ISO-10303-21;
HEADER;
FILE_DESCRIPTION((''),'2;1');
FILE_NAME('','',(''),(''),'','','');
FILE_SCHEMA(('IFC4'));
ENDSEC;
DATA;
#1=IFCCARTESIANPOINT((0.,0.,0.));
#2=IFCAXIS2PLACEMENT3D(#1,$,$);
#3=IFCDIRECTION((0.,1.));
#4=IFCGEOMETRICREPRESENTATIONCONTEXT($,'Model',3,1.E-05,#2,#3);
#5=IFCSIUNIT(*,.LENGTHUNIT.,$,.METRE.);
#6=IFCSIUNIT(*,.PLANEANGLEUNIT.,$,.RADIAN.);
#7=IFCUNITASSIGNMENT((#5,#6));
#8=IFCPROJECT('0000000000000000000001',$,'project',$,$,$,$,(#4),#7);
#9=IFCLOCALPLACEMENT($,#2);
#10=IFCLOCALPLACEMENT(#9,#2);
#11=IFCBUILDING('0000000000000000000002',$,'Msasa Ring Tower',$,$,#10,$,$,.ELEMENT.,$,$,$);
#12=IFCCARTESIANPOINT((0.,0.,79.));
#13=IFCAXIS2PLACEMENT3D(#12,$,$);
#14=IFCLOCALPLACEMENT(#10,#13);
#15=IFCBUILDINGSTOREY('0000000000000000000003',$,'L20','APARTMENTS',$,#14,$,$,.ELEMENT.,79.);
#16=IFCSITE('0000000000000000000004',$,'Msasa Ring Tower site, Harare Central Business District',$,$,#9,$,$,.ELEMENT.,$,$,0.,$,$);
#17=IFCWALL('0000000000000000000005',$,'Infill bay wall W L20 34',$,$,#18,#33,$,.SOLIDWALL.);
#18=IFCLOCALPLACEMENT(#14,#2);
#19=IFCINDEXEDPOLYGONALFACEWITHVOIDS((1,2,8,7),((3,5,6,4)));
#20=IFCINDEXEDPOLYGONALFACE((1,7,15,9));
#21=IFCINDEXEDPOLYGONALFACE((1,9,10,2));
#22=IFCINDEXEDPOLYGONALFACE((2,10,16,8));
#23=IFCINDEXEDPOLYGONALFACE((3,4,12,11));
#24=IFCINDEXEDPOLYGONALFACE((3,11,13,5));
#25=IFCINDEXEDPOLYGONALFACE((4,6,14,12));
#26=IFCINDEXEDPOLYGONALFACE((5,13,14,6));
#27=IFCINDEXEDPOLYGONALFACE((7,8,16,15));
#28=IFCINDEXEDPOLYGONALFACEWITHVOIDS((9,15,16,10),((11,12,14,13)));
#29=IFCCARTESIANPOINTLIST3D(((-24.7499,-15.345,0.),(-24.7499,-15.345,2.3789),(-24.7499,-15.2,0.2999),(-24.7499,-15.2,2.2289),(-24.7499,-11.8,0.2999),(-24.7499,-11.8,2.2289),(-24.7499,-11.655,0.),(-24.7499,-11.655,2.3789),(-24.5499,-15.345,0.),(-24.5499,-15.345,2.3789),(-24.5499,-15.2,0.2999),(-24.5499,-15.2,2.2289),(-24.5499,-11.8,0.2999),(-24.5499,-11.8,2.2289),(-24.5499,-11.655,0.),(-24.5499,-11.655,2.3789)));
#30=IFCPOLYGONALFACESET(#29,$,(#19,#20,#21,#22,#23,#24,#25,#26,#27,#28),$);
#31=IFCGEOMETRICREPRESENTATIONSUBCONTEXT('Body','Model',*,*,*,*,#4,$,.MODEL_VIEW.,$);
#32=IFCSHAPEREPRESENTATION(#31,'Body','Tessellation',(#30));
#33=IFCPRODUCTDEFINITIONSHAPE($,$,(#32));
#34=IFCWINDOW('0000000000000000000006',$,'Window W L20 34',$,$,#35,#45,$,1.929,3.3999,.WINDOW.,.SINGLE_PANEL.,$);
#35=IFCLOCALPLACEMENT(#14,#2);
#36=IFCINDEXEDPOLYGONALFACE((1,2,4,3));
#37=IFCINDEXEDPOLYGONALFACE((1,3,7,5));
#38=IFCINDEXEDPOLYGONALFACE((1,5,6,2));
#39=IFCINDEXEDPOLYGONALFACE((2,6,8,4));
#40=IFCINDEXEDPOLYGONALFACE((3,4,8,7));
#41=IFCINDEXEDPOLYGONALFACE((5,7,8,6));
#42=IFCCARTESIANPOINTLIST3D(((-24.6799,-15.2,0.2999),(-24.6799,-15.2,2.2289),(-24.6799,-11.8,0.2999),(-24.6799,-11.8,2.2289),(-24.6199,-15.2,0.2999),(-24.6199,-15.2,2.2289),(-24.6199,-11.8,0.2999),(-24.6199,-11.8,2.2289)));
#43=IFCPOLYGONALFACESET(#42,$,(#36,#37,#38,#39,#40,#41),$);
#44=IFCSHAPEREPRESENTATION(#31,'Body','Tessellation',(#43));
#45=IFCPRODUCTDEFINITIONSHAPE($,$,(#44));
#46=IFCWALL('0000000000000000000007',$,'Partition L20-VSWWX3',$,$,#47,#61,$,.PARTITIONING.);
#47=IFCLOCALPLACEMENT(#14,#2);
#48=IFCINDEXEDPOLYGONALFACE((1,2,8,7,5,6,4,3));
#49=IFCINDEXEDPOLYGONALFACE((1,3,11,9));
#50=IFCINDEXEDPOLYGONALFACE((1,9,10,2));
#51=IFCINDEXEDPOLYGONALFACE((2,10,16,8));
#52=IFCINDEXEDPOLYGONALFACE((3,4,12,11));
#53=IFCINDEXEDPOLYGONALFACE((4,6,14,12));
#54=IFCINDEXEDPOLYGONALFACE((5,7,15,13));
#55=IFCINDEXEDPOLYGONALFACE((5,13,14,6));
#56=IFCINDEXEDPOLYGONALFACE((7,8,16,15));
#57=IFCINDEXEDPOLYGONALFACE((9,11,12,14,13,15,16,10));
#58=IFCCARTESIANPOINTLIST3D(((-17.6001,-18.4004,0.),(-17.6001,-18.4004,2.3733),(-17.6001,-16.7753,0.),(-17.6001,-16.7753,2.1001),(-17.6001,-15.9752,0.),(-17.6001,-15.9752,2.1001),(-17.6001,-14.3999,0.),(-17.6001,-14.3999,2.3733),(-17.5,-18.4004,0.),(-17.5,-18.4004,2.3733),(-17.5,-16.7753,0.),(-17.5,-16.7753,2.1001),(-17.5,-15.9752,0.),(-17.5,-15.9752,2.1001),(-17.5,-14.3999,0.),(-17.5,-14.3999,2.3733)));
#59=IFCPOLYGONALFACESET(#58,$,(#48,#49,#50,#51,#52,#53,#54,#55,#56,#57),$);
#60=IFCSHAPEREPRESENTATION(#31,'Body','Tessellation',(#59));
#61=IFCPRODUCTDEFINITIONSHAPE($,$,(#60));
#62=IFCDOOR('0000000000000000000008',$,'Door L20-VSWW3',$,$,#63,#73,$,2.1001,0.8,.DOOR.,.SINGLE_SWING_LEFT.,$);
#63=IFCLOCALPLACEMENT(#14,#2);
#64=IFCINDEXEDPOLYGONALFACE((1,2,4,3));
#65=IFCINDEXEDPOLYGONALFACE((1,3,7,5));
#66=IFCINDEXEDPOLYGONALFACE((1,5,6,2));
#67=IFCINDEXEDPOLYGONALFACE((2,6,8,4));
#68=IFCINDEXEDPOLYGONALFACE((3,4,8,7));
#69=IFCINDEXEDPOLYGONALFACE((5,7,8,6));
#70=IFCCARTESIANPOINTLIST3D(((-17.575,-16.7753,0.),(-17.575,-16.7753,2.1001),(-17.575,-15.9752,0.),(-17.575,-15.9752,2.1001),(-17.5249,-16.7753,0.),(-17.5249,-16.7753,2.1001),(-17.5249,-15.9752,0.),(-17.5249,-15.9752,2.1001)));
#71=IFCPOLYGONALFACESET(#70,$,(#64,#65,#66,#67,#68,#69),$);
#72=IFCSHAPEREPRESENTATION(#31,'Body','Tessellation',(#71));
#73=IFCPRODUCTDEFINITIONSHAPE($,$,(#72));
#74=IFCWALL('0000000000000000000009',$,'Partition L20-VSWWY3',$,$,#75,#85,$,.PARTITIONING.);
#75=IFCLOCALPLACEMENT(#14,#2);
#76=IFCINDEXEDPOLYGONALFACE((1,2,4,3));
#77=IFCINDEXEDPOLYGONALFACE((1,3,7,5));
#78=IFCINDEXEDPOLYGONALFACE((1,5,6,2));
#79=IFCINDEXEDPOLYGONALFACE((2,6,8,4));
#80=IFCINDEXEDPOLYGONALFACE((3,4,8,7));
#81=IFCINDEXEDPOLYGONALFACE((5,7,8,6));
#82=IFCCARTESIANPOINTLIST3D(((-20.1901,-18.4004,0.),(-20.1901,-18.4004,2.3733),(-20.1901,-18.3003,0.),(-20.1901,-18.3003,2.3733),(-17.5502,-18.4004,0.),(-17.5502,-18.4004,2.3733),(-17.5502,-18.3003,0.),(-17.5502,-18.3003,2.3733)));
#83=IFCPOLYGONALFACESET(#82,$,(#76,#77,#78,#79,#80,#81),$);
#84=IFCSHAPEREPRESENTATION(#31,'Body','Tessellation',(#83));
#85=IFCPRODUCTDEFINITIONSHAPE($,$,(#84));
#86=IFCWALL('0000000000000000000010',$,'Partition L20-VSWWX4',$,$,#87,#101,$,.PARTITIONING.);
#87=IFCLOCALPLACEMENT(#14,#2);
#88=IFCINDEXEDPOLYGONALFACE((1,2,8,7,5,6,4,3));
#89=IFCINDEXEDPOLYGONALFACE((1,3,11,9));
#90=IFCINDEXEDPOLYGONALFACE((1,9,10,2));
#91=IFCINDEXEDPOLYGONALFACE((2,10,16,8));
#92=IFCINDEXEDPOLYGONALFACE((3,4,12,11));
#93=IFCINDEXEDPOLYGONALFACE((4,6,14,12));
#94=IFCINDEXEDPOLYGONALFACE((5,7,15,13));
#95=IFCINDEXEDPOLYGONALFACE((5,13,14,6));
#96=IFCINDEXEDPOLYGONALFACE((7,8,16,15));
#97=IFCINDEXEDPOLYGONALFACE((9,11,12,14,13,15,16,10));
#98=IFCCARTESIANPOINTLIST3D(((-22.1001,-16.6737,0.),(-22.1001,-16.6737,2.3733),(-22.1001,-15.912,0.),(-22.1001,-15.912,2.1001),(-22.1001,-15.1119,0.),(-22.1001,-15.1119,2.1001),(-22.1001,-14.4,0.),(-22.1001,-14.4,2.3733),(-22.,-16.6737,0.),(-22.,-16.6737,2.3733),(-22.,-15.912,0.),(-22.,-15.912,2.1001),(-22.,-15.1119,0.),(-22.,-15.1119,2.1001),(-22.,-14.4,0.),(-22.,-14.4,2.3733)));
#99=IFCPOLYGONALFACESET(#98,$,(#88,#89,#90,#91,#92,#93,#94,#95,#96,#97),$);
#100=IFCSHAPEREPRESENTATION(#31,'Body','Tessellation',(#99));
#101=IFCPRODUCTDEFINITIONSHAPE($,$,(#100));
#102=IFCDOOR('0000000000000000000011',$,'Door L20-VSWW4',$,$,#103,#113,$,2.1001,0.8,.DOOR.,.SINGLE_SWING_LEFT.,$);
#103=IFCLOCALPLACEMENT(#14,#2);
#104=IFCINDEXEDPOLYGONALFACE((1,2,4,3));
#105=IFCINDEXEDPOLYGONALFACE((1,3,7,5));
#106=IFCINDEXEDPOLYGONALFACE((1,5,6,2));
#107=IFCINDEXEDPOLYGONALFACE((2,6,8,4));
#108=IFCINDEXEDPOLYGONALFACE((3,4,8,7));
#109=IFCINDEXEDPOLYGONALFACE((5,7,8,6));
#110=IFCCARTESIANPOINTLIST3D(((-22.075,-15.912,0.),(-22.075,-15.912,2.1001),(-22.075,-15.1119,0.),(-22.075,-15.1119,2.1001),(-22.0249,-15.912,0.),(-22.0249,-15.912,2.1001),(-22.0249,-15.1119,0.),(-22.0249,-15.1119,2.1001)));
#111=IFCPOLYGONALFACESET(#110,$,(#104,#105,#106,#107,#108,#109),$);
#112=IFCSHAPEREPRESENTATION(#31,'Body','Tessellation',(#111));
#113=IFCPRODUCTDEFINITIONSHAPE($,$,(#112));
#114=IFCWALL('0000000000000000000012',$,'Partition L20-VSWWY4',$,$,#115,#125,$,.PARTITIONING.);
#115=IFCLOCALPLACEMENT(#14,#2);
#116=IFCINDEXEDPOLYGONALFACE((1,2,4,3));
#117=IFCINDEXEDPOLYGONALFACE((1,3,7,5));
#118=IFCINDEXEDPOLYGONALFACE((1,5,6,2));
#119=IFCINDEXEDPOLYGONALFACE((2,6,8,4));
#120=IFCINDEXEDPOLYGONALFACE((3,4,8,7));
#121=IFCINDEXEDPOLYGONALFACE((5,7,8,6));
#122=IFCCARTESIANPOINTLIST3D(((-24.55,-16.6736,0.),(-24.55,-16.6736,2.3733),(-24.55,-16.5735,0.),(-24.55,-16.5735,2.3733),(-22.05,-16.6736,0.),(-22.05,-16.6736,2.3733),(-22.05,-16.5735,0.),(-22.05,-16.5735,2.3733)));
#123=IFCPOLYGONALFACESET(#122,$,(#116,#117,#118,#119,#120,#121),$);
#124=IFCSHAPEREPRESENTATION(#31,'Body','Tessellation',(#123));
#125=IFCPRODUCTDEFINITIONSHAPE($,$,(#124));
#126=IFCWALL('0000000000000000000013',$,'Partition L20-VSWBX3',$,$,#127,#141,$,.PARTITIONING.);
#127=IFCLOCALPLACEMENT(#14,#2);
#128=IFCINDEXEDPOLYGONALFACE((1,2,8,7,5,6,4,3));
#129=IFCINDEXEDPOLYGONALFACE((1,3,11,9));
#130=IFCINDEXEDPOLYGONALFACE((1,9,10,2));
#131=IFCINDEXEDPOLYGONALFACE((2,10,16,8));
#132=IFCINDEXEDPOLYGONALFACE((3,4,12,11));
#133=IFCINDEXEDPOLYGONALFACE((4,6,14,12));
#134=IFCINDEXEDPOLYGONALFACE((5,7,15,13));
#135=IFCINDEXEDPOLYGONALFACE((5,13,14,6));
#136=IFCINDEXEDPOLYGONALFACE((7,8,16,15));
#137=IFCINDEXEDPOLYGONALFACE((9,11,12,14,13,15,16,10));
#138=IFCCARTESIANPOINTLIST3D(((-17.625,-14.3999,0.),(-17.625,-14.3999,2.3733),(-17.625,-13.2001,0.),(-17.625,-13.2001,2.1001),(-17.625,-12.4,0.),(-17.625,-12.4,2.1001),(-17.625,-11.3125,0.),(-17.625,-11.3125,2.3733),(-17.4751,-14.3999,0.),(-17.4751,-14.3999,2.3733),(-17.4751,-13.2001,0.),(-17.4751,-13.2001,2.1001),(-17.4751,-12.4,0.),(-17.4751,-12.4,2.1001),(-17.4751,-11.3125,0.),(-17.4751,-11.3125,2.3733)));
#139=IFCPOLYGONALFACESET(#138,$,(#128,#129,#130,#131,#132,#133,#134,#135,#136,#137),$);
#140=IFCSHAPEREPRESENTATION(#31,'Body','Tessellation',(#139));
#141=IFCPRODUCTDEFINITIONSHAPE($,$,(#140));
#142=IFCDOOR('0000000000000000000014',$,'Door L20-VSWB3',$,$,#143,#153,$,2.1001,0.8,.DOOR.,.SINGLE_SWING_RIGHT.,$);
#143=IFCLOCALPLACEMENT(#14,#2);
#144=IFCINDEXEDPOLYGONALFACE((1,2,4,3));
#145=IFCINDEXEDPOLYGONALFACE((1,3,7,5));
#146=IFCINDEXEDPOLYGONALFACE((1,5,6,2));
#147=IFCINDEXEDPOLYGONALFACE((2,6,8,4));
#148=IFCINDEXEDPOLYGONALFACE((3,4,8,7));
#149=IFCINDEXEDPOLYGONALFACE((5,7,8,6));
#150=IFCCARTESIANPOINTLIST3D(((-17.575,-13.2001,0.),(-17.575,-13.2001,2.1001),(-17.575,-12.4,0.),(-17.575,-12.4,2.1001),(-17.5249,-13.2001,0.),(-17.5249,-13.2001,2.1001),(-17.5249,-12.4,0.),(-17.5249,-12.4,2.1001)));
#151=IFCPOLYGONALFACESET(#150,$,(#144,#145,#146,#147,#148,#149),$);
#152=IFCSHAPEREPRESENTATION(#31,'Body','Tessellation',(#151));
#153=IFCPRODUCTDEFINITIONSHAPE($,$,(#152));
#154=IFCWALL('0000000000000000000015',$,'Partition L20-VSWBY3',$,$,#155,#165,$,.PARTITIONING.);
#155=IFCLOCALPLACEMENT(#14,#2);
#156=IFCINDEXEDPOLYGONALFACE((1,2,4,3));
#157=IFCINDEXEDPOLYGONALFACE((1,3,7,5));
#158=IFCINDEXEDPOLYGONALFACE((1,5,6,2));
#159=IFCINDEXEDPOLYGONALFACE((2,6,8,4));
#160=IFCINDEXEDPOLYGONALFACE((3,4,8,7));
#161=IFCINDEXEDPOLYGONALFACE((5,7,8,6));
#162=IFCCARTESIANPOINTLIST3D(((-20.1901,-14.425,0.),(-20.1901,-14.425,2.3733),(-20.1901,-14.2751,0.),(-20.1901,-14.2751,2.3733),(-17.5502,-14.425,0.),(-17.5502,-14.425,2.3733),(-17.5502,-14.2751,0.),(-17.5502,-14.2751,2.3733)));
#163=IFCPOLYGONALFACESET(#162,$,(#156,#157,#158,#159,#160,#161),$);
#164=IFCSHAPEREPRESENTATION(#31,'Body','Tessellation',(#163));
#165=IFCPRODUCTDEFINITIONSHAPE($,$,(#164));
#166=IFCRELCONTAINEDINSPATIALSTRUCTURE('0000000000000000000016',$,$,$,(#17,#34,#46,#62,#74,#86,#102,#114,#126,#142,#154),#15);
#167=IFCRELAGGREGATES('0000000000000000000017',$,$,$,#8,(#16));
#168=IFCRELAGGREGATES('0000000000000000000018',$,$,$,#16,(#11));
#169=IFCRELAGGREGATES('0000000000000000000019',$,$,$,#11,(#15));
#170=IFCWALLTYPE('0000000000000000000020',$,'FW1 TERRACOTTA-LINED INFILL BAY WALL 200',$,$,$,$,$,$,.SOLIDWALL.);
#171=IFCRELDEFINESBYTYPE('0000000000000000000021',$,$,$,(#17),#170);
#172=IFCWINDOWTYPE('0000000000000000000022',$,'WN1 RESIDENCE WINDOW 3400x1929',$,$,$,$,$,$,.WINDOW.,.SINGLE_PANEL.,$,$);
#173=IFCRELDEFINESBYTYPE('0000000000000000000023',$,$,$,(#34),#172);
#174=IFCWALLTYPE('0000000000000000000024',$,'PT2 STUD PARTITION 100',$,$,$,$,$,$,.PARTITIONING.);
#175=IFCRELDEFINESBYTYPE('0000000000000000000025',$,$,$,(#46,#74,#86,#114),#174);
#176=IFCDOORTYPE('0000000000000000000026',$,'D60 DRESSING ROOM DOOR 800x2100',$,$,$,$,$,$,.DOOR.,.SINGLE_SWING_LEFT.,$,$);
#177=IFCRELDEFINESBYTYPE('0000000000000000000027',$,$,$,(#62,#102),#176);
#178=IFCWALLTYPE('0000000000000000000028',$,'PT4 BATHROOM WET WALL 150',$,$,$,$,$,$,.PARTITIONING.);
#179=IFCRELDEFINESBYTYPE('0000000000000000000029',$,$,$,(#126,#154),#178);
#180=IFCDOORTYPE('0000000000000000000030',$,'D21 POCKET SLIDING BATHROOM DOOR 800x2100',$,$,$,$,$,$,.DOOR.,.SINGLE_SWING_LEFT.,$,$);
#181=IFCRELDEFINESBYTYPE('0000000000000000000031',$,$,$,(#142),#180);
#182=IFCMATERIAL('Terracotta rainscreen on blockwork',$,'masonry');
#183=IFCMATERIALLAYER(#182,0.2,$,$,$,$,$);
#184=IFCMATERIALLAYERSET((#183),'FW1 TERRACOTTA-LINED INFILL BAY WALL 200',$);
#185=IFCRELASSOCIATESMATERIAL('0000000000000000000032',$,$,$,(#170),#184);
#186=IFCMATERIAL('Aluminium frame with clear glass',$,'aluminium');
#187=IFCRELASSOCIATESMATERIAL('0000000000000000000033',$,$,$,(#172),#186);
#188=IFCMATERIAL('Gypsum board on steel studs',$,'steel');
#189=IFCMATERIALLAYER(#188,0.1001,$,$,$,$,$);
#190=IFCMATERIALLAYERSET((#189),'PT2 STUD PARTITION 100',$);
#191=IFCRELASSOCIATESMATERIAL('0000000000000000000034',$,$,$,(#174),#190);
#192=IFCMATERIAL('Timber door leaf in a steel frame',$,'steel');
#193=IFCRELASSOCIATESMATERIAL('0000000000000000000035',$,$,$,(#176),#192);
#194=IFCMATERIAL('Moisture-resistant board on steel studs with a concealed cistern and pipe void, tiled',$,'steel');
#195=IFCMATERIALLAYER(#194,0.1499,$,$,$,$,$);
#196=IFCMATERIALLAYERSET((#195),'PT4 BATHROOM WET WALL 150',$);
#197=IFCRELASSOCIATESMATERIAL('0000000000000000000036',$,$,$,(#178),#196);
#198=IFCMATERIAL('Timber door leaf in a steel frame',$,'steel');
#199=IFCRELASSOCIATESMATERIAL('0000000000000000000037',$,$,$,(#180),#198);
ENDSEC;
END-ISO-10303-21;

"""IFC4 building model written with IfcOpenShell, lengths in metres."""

from ifc_helpers import new_model, si_unit, direction, frame, frame_2d, origin, place, context, subcontext, project, spatial, rectangle, extrude, material, layer, layer_set, type_object, element, fill, save


model = new_model("IFC4")

# Units and contexts
model_context = context("Model", 3, precision=1e-05, world=origin(), true_north=direction((0.0, 1.0)))
body_context = subcontext(model_context, "Body", "Model", "MODEL_VIEW")
ifc_project = project(units=[si_unit("LENGTHUNIT", "METRE"), si_unit("PLANEANGLEUNIT", "RADIAN")], contexts=[model_context])

# Site, building, storey
site_placement = place(None, origin())
site = spatial("IfcSite", under=ifc_project, at=site_placement, Name="Msasa Ring Tower site, Harare Central Business District", CompositionType="ELEMENT", RefElevation=0.0)
building_placement = place(site_placement, origin())
building = spatial("IfcBuilding", under=site, at=building_placement, Name="Msasa Ring Tower", CompositionType="ELEMENT")
storey_placement = place(building_placement, frame((0.0, 0.0, 79.0)))
storey = spatial("IfcBuildingStorey", under=building, at=storey_placement, Name="L20", Description="APARTMENTS", CompositionType="ELEMENT", Elevation=79.0)

# Wall, opening, window
ifc_material_1 = material(Name="Terracotta rainscreen on blockwork", Category="masonry")
ifc_layer_1 = layer(ifc_material_1, 0.2)
ifc_layer_set_1 = layer_set([ifc_layer_1], Name="FW1 TERRACOTTA-LINED INFILL BAY WALL 200")
wall_type_1 = type_object("IfcWallType", Name="FW1 TERRACOTTA-LINED INFILL BAY WALL 200", PredefinedType="SOLIDWALL", material=ifc_layer_set_1)
ifc_material_2 = material(Name="Aluminium frame with clear glass", Category="aluminium")
window_type = type_object("IfcWindowType", Name="WN1 RESIDENCE WINDOW 3400x1929", PartitioningType="SINGLE_PANEL", PredefinedType="WINDOW", material=ifc_material_2)
wall_1_placement = place(storey_placement, frame((-24.6499, -15.345, 0.0), z_axis=(0.0, 0.0, 1.0), x_axis=(0.0, 1.0, 0.0)))
wall_1 = element("IfcWall", 1, at=wall_1_placement, inside=storey, type_object=wall_type_1, Name="Infill bay wall W L20 34", PredefinedType="SOLIDWALL", context=body_context, shape_type="SweptSolid", body=[
    extrude(rectangle(XDim=3.6899, YDim=0.2, at=frame_2d((1.845, 0.0))), origin(), (0.0, 0.0, 1.0), 2.3789),
])
opening_1_placement = place(wall_1_placement, frame((0.145, 0.0, 0.3)))
opening_1 = element("IfcOpeningElement", 2, at=opening_1_placement, cuts=wall_1, PredefinedType="OPENING", context=body_context, shape_type="SweptSolid", body=[
    extrude(rectangle(XDim=3.3999, YDim=1.929, at=frame_2d((1.7, 0.9644))), frame((0.0, 0.1099, 0.0), z_axis=(0.0, -1.0, 0.0), x_axis=(1.0, 0.0, 0.0)), (0.0, 0.0, 1.0), 0.22),
])
window_1_placement = place(opening_1_placement, origin())
window_1 = element("IfcWindow", 3, at=window_1_placement, inside=storey, type_object=window_type, Name="Window W L20 34", OverallHeight=1.929, OverallWidth=3.3999, PartitioningType="SINGLE_PANEL", PredefinedType="WINDOW", context=body_context, shape_type="SweptSolid", body=[
    extrude(rectangle(XDim=3.3999, YDim=1.929, at=frame_2d((1.7, 0.9644))), frame((0.0, 0.03, 0.0), z_axis=(0.0, -1.0, 0.0), x_axis=(1.0, 0.0, 0.0)), (0.0, 0.0, 1.0), 0.0601),
])
fill(opening_1, window_1)

# Wall, opening, door
ifc_material_3 = material(Name="Gypsum board on steel studs", Category="steel")
ifc_layer_2 = layer(ifc_material_3, 0.1001)
ifc_layer_set_2 = layer_set([ifc_layer_2], Name="PT2 STUD PARTITION 100")
wall_type_2 = type_object("IfcWallType", Name="PT2 STUD PARTITION 100", PredefinedType="PARTITIONING", material=ifc_layer_set_2)
wall_2_placement = place(storey_placement, frame((-17.55, -18.4004, 0.0), z_axis=(0.0, 0.0, 1.0), x_axis=(0.0, 1.0, 0.0)))
wall_2 = element("IfcWall", 4, at=wall_2_placement, inside=storey, type_object=wall_type_2, Name="Partition L20-VSWWX3", PredefinedType="PARTITIONING", context=body_context, shape_type="SweptSolid", body=[
    extrude(rectangle(XDim=4.0005, YDim=0.1001, at=frame_2d((2.0002, 0.0))), origin(), (0.0, 0.0, 1.0), 2.3733),
])
opening_2_placement = place(wall_2_placement, frame((1.6252, 0.0, 0.0)))
opening_2 = element("IfcOpeningElement", 5, at=opening_2_placement, cuts=wall_2, PredefinedType="OPENING", context=body_context, shape_type="SweptSolid", body=[
    extrude(rectangle(XDim=0.8, YDim=2.1001, at=frame_2d((0.3999, 1.05))), frame((0.0, 0.0601, 0.0), z_axis=(0.0, -1.0, 0.0), x_axis=(1.0, 0.0, 0.0)), (0.0, 0.0, 1.0), 0.1201),
])
ifc_material_4 = material(Name="Timber door leaf in a steel frame", Category="steel")
door_type_1 = type_object("IfcDoorType", Name="D60 DRESSING ROOM DOOR 800x2100", OperationType="SINGLE_SWING_LEFT", PredefinedType="DOOR", material=ifc_material_4)
door_1_placement = place(opening_2_placement, origin())
door_1 = element("IfcDoor", 6, at=door_1_placement, inside=storey, type_object=door_type_1, Name="Door L20-VSWW3", OperationType="SINGLE_SWING_LEFT", OverallHeight=2.1001, OverallWidth=0.8, PredefinedType="DOOR", context=body_context, shape_type="SweptSolid", body=[
    extrude(rectangle(XDim=0.8, YDim=2.1001, at=frame_2d((0.3999, 1.05))), frame((0.0, 0.0249, 0.0), z_axis=(0.0, -1.0, 0.0), x_axis=(1.0, 0.0, 0.0)), (0.0, 0.0, 1.0), 0.05),
])
fill(opening_2, door_1)

# Wall
wall_3_placement = place(storey_placement, frame((-20.1899, -18.3503, 0.0), z_axis=(0.0, 0.0, 1.0), x_axis=(1.0, 0.0, 0.0)))
element("IfcWall", 7, at=wall_3_placement, inside=storey, type_object=wall_type_2, Name="Partition L20-VSWWY3", PredefinedType="PARTITIONING", context=body_context, shape_type="SweptSolid", body=[
    extrude(rectangle(XDim=2.6399, YDim=0.1001, at=frame_2d((1.3198, 0.0))), origin(), (0.0, 0.0, 1.0), 2.3733),
])

# Wall, opening, door
wall_4_placement = place(storey_placement, frame((-22.05, -16.6736, 0.0), z_axis=(0.0, 0.0, 1.0), x_axis=(0.0, 1.0, 0.0)))
wall_4 = element("IfcWall", 8, at=wall_4_placement, inside=storey, type_object=wall_type_2, Name="Partition L20-VSWWX4", PredefinedType="PARTITIONING", context=body_context, shape_type="SweptSolid", body=[
    extrude(rectangle(XDim=2.2737, YDim=0.1001, at=frame_2d((1.1367, 0.0))), origin(), (0.0, 0.0, 1.0), 2.3733),
])
opening_3_placement = place(wall_4_placement, frame((0.7617, 0.0, 0.0)))
opening_3 = element("IfcOpeningElement", 9, at=opening_3_placement, cuts=wall_4, PredefinedType="OPENING", context=body_context, shape_type="SweptSolid", body=[
    extrude(rectangle(XDim=0.8, YDim=2.1001, at=frame_2d((0.3999, 1.05))), frame((0.0, 0.0601, 0.0), z_axis=(0.0, -1.0, 0.0), x_axis=(1.0, 0.0, 0.0)), (0.0, 0.0, 1.0), 0.1201),
])
door_2_placement = place(opening_3_placement, origin())
door_2 = element("IfcDoor", 10, at=door_2_placement, inside=storey, type_object=door_type_1, Name="Door L20-VSWW4", OperationType="SINGLE_SWING_LEFT", OverallHeight=2.1001, OverallWidth=0.8, PredefinedType="DOOR", context=body_context, shape_type="SweptSolid", body=[
    extrude(rectangle(XDim=0.8, YDim=2.1001, at=frame_2d((0.3999, 1.05))), frame((0.0, 0.0249, 0.0), z_axis=(0.0, -1.0, 0.0), x_axis=(1.0, 0.0, 0.0)), (0.0, 0.0, 1.0), 0.05),
])
fill(opening_3, door_2)

# Wall
wall_5_placement = place(storey_placement, frame((-24.55, -16.6235, 0.0), z_axis=(0.0, 0.0, 1.0), x_axis=(1.0, 0.0, 0.0)))
element("IfcWall", 11, at=wall_5_placement, inside=storey, type_object=wall_type_2, Name="Partition L20-VSWWY4", PredefinedType="PARTITIONING", context=body_context, shape_type="SweptSolid", body=[
    extrude(rectangle(XDim=2.5, YDim=0.1001, at=frame_2d((1.25, 0.0))), origin(), (0.0, 0.0, 1.0), 2.3733),
])

# Wall, opening, door
ifc_material_5 = material(Name="Moisture-resistant board on steel studs with a concealed cistern and pipe void, tiled", Category="steel")
ifc_layer_3 = layer(ifc_material_5, 0.1499)
ifc_layer_set_3 = layer_set([ifc_layer_3], Name="PT4 BATHROOM WET WALL 150")
wall_type_3 = type_object("IfcWallType", Name="PT4 BATHROOM WET WALL 150", PredefinedType="PARTITIONING", material=ifc_layer_set_3)
wall_6_placement = place(storey_placement, frame((-17.55, -14.3999, 0.0), z_axis=(0.0, 0.0, 1.0), x_axis=(0.0, 1.0, 0.0)))
wall_6 = element("IfcWall", 12, at=wall_6_placement, inside=storey, type_object=wall_type_3, Name="Partition L20-VSWBX3", PredefinedType="PARTITIONING", context=body_context, shape_type="SweptSolid", body=[
    extrude(rectangle(XDim=3.0874, YDim=0.1499, at=frame_2d((1.5437, 0.0))), origin(), (0.0, 0.0, 1.0), 2.3733),
])
opening_4_placement = place(wall_6_placement, frame((1.2, 0.0, 0.0)))
opening_4 = element("IfcOpeningElement", 13, at=opening_4_placement, cuts=wall_6, PredefinedType="OPENING", context=body_context, shape_type="SweptSolid", body=[
    extrude(rectangle(XDim=0.8, YDim=2.1001, at=frame_2d((0.3999, 1.05))), frame((0.0, 0.085, 0.0), z_axis=(0.0, -1.0, 0.0), x_axis=(1.0, 0.0, 0.0)), (0.0, 0.0, 1.0), 0.1699),
])
ifc_material_6 = material(Name="Timber door leaf in a steel frame", Category="steel")
door_type_2 = type_object("IfcDoorType", Name="D21 POCKET SLIDING BATHROOM DOOR 800x2100", OperationType="SINGLE_SWING_LEFT", PredefinedType="DOOR", material=ifc_material_6)
door_3_placement = place(opening_4_placement, origin())
door_3 = element("IfcDoor", 14, at=door_3_placement, inside=storey, type_object=door_type_2, Name="Door L20-VSWB3", OperationType="SINGLE_SWING_RIGHT", OverallHeight=2.1001, OverallWidth=0.8, PredefinedType="DOOR", context=body_context, shape_type="SweptSolid", body=[
    extrude(rectangle(XDim=0.8, YDim=2.1001, at=frame_2d((0.3999, 1.05))), frame((0.0, 0.0249, 0.0), z_axis=(0.0, -1.0, 0.0), x_axis=(1.0, 0.0, 0.0)), (0.0, 0.0, 1.0), 0.05),
])
fill(opening_4, door_3)

# Wall
wall_7_placement = place(storey_placement, frame((-20.1899, -14.3501, 0.0), z_axis=(0.0, 0.0, 1.0), x_axis=(1.0, 0.0, 0.0)))
element("IfcWall", 15, at=wall_7_placement, inside=storey, type_object=wall_type_3, Name="Partition L20-VSWBY3", PredefinedType="PARTITIONING", context=body_context, shape_type="SweptSolid", body=[
    extrude(rectangle(XDim=2.6399, YDim=0.1499, at=frame_2d((1.3198, 0.0))), origin(), (0.0, 0.0, 1.0), 2.3733),
])

save(model, "model.ifc")
